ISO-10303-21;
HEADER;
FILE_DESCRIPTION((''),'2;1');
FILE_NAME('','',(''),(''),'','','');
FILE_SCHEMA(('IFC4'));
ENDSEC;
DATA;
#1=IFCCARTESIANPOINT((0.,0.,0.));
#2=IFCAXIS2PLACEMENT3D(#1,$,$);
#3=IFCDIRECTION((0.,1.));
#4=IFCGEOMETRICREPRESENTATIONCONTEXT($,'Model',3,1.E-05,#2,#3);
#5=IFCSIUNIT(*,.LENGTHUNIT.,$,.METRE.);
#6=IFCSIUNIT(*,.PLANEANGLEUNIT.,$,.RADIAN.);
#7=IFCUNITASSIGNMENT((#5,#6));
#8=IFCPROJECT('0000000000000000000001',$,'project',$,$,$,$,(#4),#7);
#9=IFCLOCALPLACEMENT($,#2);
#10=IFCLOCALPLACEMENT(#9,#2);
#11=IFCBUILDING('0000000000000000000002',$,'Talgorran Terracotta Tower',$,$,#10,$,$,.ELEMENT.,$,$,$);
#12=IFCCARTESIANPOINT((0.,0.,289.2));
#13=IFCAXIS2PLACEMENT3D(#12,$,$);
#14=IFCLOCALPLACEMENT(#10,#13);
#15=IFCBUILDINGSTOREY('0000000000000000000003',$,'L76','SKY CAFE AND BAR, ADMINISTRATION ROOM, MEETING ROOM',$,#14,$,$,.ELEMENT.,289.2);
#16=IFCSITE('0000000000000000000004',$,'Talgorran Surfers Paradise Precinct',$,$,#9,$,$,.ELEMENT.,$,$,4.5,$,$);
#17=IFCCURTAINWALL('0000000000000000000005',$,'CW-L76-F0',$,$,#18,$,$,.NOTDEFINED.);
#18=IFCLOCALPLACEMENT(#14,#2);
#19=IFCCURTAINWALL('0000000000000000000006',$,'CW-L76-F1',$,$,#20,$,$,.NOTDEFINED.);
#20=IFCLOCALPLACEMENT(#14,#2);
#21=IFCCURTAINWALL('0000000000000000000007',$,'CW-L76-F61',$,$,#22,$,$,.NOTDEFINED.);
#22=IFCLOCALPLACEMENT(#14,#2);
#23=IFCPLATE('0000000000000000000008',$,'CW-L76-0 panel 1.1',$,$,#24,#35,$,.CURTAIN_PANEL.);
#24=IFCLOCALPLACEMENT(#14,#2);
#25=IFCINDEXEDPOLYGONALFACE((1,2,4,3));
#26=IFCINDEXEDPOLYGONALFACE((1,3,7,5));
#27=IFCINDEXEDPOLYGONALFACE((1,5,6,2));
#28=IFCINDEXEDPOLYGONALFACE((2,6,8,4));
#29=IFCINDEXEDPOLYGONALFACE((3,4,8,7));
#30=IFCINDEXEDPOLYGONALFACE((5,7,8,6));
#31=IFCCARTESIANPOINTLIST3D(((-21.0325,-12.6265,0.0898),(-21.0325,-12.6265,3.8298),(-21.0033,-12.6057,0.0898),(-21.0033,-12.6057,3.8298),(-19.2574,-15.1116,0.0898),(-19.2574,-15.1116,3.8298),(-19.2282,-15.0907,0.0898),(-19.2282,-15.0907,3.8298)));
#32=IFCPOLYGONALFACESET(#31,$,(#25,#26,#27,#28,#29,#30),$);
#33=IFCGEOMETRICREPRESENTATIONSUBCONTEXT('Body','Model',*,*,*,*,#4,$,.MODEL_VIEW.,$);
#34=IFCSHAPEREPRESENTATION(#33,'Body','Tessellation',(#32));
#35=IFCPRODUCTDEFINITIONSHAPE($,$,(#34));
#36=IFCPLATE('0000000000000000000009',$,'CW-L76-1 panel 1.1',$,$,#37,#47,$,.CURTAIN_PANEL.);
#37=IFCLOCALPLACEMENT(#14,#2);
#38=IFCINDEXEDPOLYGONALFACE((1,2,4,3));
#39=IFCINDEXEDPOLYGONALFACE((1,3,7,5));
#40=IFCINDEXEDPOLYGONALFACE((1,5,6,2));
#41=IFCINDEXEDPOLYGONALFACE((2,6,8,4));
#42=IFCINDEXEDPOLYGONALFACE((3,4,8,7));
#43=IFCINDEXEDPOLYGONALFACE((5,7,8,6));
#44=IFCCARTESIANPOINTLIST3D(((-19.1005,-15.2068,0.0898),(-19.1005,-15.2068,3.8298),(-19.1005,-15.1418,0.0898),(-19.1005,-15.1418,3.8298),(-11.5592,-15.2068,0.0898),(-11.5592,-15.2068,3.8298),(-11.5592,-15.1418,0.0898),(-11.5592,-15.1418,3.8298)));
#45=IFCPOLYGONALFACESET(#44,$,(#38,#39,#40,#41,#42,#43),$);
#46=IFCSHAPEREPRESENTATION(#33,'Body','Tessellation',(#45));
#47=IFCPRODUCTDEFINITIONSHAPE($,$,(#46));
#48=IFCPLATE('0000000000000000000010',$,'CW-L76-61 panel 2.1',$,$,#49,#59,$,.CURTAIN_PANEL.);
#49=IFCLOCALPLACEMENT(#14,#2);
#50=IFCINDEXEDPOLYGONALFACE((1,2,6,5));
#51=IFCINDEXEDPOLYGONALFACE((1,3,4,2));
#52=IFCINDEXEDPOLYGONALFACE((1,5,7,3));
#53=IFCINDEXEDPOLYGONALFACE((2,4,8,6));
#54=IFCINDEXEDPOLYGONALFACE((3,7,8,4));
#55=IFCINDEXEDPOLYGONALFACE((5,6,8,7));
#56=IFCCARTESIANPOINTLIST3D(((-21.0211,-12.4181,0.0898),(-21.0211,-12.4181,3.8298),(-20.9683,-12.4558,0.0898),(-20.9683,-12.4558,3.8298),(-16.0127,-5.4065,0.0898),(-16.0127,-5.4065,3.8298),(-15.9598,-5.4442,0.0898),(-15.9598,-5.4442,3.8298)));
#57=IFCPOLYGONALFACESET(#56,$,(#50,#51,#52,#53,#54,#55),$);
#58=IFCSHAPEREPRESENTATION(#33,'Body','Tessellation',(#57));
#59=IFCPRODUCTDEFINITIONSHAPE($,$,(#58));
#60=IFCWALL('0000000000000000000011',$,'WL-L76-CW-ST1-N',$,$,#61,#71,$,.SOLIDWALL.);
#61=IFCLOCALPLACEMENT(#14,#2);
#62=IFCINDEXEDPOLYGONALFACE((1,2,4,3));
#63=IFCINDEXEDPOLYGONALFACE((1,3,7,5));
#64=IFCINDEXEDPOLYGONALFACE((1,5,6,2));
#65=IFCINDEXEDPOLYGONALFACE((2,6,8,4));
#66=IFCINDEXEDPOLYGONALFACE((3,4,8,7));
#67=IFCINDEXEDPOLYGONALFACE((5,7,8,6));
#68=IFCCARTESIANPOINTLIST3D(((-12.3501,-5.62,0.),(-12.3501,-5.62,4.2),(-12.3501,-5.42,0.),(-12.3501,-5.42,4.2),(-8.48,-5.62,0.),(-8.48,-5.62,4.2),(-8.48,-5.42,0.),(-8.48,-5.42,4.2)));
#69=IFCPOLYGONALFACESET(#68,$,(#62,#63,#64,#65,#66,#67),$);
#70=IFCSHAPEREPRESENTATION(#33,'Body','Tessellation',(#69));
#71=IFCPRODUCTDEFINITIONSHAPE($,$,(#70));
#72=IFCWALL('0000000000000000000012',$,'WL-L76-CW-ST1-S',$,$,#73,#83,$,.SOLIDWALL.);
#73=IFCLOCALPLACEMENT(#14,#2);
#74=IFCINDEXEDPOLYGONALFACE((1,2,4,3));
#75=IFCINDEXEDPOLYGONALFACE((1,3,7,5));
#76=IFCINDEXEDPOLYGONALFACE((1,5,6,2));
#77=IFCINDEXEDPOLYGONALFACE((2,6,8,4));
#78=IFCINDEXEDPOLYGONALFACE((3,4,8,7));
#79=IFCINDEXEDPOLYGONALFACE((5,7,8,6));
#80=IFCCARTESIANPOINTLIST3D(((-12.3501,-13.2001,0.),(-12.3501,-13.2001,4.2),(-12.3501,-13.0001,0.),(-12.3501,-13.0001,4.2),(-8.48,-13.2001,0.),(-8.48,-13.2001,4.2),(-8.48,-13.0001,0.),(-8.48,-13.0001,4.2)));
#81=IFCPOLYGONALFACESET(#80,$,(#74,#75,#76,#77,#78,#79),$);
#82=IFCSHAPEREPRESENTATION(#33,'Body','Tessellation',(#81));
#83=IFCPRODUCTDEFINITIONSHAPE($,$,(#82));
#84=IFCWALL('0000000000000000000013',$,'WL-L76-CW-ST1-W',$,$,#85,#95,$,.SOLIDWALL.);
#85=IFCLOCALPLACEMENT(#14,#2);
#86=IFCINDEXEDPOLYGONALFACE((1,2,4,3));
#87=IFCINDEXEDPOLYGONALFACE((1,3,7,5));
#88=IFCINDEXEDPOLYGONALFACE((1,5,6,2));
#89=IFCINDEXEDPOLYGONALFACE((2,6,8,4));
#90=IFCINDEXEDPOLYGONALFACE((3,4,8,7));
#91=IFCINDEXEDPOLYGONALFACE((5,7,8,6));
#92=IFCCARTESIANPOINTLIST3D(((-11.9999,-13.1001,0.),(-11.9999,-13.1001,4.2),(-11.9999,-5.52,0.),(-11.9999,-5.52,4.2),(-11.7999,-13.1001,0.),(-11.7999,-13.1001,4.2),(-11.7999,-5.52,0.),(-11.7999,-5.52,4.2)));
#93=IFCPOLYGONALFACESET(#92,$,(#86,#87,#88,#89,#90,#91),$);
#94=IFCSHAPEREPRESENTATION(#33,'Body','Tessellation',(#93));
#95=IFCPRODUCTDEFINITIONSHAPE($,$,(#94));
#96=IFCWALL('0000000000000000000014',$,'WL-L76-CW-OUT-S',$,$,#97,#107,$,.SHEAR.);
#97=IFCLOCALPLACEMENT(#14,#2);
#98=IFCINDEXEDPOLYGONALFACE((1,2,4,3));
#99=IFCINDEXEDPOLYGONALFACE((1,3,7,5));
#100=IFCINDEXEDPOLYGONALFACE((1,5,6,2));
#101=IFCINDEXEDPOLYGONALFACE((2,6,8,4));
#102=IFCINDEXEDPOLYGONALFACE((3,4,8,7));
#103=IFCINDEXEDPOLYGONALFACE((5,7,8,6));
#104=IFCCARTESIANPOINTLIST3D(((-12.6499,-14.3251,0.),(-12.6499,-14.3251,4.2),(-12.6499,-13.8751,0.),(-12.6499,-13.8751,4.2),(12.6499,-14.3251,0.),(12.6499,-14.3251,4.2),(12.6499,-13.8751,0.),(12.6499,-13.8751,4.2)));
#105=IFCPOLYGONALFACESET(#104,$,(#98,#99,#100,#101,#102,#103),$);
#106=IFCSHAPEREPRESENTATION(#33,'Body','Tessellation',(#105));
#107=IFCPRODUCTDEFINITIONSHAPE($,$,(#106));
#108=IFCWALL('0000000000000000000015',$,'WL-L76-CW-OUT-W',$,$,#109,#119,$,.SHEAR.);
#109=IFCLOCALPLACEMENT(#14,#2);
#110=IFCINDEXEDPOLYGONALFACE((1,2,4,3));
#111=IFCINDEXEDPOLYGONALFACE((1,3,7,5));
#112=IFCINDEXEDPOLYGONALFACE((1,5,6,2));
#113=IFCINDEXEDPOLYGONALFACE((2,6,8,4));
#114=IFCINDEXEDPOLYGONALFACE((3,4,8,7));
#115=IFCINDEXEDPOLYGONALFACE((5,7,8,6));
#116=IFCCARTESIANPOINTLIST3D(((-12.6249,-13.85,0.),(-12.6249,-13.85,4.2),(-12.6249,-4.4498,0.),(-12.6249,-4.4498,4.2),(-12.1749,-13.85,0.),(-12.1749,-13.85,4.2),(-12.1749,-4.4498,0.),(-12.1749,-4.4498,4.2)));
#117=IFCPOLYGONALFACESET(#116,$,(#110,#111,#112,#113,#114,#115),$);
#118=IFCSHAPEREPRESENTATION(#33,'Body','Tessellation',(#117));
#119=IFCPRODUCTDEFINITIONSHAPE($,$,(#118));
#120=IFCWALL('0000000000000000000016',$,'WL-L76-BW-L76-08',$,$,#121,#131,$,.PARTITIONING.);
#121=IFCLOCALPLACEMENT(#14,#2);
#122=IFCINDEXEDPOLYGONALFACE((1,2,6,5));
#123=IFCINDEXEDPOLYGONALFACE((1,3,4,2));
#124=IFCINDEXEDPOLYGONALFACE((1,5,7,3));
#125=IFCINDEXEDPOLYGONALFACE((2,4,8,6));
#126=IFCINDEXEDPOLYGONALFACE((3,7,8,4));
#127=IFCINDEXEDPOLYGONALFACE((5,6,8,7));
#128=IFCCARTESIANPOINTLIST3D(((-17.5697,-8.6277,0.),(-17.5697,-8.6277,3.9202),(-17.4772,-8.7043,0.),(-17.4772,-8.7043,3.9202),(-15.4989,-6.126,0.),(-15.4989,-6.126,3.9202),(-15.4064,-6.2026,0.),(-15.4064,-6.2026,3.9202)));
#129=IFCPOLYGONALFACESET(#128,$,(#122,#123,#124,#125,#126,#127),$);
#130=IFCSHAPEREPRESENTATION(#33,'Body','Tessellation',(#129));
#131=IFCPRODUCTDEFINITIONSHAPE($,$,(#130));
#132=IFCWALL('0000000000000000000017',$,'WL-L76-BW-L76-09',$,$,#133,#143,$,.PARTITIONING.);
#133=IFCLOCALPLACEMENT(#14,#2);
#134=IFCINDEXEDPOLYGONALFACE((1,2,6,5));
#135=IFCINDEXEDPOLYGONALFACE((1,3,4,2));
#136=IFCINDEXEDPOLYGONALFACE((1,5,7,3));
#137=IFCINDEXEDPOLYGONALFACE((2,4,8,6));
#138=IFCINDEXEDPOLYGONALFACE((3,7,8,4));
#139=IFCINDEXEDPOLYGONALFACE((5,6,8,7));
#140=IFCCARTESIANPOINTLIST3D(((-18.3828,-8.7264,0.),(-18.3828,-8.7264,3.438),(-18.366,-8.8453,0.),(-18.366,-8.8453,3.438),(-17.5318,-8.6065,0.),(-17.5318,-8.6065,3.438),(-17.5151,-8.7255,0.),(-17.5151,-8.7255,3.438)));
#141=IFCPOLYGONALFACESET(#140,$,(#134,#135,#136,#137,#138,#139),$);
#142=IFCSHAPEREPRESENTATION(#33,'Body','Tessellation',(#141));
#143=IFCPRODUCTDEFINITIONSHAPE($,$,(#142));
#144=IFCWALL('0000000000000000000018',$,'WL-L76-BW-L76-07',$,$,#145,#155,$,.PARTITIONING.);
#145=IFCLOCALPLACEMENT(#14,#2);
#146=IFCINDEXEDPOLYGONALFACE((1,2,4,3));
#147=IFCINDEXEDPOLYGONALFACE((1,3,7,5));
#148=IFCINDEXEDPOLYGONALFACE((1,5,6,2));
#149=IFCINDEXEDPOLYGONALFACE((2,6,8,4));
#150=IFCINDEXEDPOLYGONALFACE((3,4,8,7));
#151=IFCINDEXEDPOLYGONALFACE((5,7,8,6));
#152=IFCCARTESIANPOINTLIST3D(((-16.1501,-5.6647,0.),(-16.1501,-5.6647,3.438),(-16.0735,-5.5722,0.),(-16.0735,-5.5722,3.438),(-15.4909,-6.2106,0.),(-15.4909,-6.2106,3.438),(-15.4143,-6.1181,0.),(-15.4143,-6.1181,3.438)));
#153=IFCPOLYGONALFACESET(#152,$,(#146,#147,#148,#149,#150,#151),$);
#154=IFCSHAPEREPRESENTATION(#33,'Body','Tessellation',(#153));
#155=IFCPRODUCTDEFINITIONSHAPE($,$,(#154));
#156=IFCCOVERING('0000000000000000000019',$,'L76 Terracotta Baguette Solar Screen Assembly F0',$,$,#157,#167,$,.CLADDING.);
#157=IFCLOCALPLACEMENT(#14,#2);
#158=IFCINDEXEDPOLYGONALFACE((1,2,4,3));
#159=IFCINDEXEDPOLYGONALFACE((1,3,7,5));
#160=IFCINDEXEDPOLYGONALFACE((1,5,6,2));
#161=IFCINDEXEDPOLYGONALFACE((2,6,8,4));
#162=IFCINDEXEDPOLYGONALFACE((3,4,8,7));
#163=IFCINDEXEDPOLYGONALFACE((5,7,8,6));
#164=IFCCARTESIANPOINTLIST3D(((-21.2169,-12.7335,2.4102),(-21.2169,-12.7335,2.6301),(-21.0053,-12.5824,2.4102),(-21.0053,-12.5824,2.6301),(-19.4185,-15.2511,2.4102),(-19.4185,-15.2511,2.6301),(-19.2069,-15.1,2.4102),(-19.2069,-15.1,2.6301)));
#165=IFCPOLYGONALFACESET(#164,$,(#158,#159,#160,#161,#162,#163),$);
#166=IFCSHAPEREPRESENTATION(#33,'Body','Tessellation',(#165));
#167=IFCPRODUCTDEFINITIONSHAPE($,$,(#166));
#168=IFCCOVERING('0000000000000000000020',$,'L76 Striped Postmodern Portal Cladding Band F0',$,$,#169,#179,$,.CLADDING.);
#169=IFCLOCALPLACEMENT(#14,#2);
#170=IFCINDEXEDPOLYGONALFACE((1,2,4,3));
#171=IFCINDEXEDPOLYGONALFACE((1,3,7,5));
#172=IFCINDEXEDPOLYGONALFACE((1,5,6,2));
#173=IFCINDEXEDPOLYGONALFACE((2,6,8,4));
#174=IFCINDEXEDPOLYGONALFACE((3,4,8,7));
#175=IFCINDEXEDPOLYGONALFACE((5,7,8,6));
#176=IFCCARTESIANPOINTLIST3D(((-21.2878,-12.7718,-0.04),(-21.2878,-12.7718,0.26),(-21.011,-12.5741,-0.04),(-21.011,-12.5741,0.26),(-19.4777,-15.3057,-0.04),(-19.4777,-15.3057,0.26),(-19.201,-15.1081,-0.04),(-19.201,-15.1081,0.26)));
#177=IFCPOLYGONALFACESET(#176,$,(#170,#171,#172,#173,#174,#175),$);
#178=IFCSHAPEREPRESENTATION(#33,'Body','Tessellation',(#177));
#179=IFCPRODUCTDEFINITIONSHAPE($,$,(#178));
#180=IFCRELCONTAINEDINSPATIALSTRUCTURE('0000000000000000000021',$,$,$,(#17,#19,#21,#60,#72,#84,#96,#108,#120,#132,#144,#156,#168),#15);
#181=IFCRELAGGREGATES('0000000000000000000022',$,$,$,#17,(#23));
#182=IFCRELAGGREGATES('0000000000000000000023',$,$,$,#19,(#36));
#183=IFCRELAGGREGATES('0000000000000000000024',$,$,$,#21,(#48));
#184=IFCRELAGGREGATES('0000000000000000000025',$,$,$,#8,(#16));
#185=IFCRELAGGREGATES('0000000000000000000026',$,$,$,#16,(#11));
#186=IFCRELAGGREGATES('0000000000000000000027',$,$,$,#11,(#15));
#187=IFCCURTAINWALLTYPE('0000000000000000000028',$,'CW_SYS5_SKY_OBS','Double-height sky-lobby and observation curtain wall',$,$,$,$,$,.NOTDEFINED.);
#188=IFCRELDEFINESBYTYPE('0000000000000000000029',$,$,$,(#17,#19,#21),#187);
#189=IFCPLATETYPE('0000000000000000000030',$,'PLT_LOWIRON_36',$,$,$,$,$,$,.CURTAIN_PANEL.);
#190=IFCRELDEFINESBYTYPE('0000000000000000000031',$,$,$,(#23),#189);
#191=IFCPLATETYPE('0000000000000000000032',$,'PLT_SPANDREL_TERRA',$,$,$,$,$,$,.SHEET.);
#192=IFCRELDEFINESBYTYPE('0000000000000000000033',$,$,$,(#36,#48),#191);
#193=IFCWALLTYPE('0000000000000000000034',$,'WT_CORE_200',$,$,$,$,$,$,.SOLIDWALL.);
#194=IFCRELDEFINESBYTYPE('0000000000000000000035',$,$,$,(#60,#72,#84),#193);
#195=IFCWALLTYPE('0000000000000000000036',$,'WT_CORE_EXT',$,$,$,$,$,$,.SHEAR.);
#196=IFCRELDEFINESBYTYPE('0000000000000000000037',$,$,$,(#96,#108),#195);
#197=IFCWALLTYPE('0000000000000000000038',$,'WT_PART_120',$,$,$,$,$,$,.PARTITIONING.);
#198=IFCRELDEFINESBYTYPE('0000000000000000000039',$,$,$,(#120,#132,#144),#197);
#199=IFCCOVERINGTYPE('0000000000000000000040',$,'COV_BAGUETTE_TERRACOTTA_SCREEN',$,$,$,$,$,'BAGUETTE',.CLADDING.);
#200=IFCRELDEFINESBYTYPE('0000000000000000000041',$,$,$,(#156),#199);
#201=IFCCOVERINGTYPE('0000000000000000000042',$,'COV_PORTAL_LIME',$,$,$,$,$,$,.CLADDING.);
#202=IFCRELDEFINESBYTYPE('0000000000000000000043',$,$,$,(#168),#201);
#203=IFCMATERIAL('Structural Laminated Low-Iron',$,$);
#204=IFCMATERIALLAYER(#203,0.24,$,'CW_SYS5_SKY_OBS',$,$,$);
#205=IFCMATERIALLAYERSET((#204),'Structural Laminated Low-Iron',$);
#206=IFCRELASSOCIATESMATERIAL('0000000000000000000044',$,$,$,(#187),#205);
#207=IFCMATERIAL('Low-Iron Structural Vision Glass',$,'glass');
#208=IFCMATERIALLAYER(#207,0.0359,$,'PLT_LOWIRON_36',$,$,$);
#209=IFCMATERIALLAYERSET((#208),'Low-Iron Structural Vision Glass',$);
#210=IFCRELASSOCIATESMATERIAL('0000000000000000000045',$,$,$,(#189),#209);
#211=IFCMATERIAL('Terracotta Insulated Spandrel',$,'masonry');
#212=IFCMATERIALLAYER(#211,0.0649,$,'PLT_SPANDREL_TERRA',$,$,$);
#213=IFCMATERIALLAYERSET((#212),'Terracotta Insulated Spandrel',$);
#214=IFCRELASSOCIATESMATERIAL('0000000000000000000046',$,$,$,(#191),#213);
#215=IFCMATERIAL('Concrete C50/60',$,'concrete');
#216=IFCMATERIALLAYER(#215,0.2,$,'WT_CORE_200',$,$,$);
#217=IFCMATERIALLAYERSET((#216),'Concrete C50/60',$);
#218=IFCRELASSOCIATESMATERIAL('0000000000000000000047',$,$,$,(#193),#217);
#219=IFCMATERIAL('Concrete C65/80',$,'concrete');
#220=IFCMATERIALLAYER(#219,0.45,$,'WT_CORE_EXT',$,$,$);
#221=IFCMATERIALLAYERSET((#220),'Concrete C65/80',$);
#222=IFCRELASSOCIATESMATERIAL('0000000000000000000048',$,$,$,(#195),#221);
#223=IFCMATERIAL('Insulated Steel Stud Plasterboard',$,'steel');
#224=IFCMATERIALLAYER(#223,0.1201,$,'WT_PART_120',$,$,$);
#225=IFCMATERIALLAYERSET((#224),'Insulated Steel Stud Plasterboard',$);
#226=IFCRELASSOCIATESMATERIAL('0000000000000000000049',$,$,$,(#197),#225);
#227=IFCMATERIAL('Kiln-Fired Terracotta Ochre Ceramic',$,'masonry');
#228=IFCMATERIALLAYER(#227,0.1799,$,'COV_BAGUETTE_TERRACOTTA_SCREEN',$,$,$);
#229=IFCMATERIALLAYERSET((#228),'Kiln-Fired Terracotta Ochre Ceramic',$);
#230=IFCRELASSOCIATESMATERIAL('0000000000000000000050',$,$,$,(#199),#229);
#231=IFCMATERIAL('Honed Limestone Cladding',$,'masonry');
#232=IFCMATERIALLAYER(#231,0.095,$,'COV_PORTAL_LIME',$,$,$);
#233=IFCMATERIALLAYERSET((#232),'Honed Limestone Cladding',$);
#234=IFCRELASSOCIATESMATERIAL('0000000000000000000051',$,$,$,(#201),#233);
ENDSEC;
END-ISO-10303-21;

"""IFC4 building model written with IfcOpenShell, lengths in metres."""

from ifc_helpers import new_model, si_unit, direction, frame, frame_2d, origin, origin_2d, place, context, subcontext, project, spatial, rectangle, extrude, source, transform, mapped, material, layer, layer_set, type_object, type_shapes, element, aggregate, save


model = new_model("IFC4")

# Units and contexts
model_context = context("Model", 3, precision=1e-05, world=origin(), true_north=direction((0.0, 1.0)))
body_context = subcontext(model_context, "Body", "Model", "MODEL_VIEW")
ifc_project = project(units=[si_unit("LENGTHUNIT", "METRE"), si_unit("PLANEANGLEUNIT", "RADIAN")], contexts=[model_context])

# Site, building, storey
site_placement = place(None, origin())
site = spatial("IfcSite", under=ifc_project, at=site_placement, Name="Talgorran Surfers Paradise Precinct", CompositionType="ELEMENT", RefElevation=4.5)
building_placement = place(site_placement, origin())
building = spatial("IfcBuilding", under=site, at=building_placement, Name="Talgorran Terracotta Tower", CompositionType="ELEMENT")
storey_placement = place(building_placement, frame((0.0, 0.0, 289.2)))
storey = spatial("IfcBuildingStorey", under=building, at=storey_placement, Name="L76", Description="SKY CAFE AND BAR, ADMINISTRATION ROOM, MEETING ROOM", CompositionType="ELEMENT", Elevation=289.2)

# Curtain walls
ifc_material_1 = material(Name="Structural Laminated Low-Iron")
ifc_layer_1 = layer(ifc_material_1, 0.24, Name="CW_SYS5_SKY_OBS")
ifc_layer_set_1 = layer_set([ifc_layer_1], Name="Structural Laminated Low-Iron")
curtain_wall_type = type_object("IfcCurtainWallType", Name="CW_SYS5_SKY_OBS", Description="Double-height sky-lobby and observation curtain wall", PredefinedType="NOTDEFINED", material=ifc_layer_set_1)
curtain_wall_1_placement = place(storey_placement, origin())
curtain_wall_1 = element("IfcCurtainWall", 1, at=curtain_wall_1_placement, inside=storey, type_object=curtain_wall_type, Name="CW-L76-F0", PredefinedType="NOTDEFINED")
curtain_wall_2_placement = place(storey_placement, origin())
curtain_wall_2 = element("IfcCurtainWall", 2, at=curtain_wall_2_placement, inside=storey, type_object=curtain_wall_type, Name="CW-L76-F1", PredefinedType="NOTDEFINED")

# Curtain wall
curtain_wall_3_placement = place(storey_placement, origin())
curtain_wall_3 = element("IfcCurtainWall", 3, at=curtain_wall_3_placement, inside=storey, type_object=curtain_wall_type, Name="CW-L76-F61", PredefinedType="NOTDEFINED")

# Plates
ifc_material_2 = material(Name="Low-Iron Structural Vision Glass", Category="glass")
ifc_layer_2 = layer(ifc_material_2, 0.0359, Name="PLT_LOWIRON_36")
ifc_layer_set_2 = layer_set([ifc_layer_2], Name="Low-Iron Structural Vision Glass")
plate_type_1 = type_object("IfcPlateType", Name="PLT_LOWIRON_36", PredefinedType="CURTAIN_PANEL", material=ifc_layer_set_2)
shared_shape_1 = source(origin(), body_context, "Body", "SweptSolid", [
    extrude(rectangle(XDim=3.054, YDim=0.0359, at=origin_2d()), origin(), (0.0, 0.0, 1.0), 3.74),
])
type_shapes(plate_type_1, [shared_shape_1])
plate_1_placement = place(storey_placement, frame((-20.1304, -13.8586, 0.0898), z_axis=(0.0, 0.0, 1.0), x_axis=(0.581256, -0.813721, 0.0)))
plate_1 = element("IfcPlate", 4, at=plate_1_placement, type_object=plate_type_1, Name="CW-L76-0 panel 1.1", PredefinedType="CURTAIN_PANEL", context=body_context, shape_type="MappedRepresentation", body=[
    mapped(shared_shape_1, transform((0.0, 0.0, 0.0), scale=1.0)),
])
aggregate(curtain_wall_1, [plate_1])
ifc_material_3 = material(Name="Terracotta Insulated Spandrel", Category="masonry")
ifc_layer_3 = layer(ifc_material_3, 0.0649, Name="PLT_SPANDREL_TERRA")
ifc_layer_set_3 = layer_set([ifc_layer_3], Name="Terracotta Insulated Spandrel")
plate_type_2 = type_object("IfcPlateType", Name="PLT_SPANDREL_TERRA", PredefinedType="SHEET", material=ifc_layer_set_3)
shared_shape_2 = source(origin(), body_context, "Body", "SweptSolid", [
    extrude(rectangle(XDim=7.5413, YDim=0.0649, at=origin_2d()), origin(), (0.0, 0.0, 1.0), 3.74),
])
plate_2_placement = place(storey_placement, frame((-15.3298, -15.1743, 0.0898), z_axis=(0.0, 0.0, 1.0), x_axis=(1.0, 0.0, 0.0)))
plate_2 = element("IfcPlate", 5, at=plate_2_placement, type_object=plate_type_2, Name="CW-L76-1 panel 1.1", PredefinedType="CURTAIN_PANEL", context=body_context, shape_type="MappedRepresentation", body=[
    mapped(shared_shape_2, transform((0.0, 0.0, 0.0), scale=1.0)),
])
aggregate(curtain_wall_2, [plate_2])
shared_shape_3 = source(origin(), body_context, "Body", "SweptSolid", [
    extrude(rectangle(XDim=8.6167, YDim=0.0649, at=origin_2d()), origin(), (0.0, 0.0, 1.0), 3.74),
])
type_shapes(plate_type_2, [shared_shape_2, shared_shape_3])
plate_3_placement = place(storey_placement, frame((-18.4905, -8.9312, 0.0898), z_axis=(0.0, 0.0, 1.0), x_axis=(-0.581248, -0.813727, 0.0)))
plate_3 = element("IfcPlate", 6, at=plate_3_placement, type_object=plate_type_2, Name="CW-L76-61 panel 2.1", PredefinedType="CURTAIN_PANEL", context=body_context, shape_type="MappedRepresentation", body=[
    mapped(shared_shape_3, transform((0.0, 0.0, 0.0), scale=1.0)),
])
aggregate(curtain_wall_3, [plate_3])

# Walls
ifc_material_4 = material(Name="Concrete C50/60", Category="concrete")
ifc_layer_4 = layer(ifc_material_4, 0.2, Name="WT_CORE_200")
ifc_layer_set_4 = layer_set([ifc_layer_4], Name="Concrete C50/60")
wall_type_1 = type_object("IfcWallType", Name="WT_CORE_200", PredefinedType="SOLIDWALL", material=ifc_layer_set_4)
for number, where, z_axis, x_axis, name in (
    (7, (-12.3501, -5.52, 0.0), (0.0, 0.0, 1.0), (1.0, 0.0, 0.0), "WL-L76-CW-ST1-N"),
    (8, (-12.3501, -13.1001, 0.0), (0.0, 0.0, 1.0), (1.0, 0.0, 0.0), "WL-L76-CW-ST1-S"),
):
    element("IfcWall", number, at=place(storey_placement, frame(where, z_axis=z_axis, x_axis=x_axis)), inside=storey, type_object=wall_type_1, Name=name, PredefinedType="SOLIDWALL", context=body_context, shape_type="SweptSolid", body=[
        extrude(rectangle(XDim=3.8701, YDim=0.2, at=frame_2d((1.9351, 0.0))), origin(), (0.0, 0.0, 1.0), 4.2),
    ])
wall_1_placement = place(storey_placement, frame((-11.8999, -13.1001, 0.0), z_axis=(0.0, 0.0, 1.0), x_axis=(0.0, 1.0, 0.0)))
element("IfcWall", 9, at=wall_1_placement, inside=storey, type_object=wall_type_1, Name="WL-L76-CW-ST1-W", PredefinedType="SOLIDWALL", context=body_context, shape_type="SweptSolid", body=[
    extrude(rectangle(XDim=7.5801, YDim=0.2, at=frame_2d((3.79, 0.0))), origin(), (0.0, 0.0, 1.0), 4.2),
])
ifc_material_5 = material(Name="Concrete C65/80", Category="concrete")
ifc_layer_5 = layer(ifc_material_5, 0.45, Name="WT_CORE_EXT")
ifc_layer_set_5 = layer_set([ifc_layer_5], Name="Concrete C65/80")
wall_type_2 = type_object("IfcWallType", Name="WT_CORE_EXT", PredefinedType="SHEAR", material=ifc_layer_set_5)
wall_2_placement = place(storey_placement, frame((-12.6499, -14.1001, 0.0), z_axis=(0.0, 0.0, 1.0), x_axis=(1.0, 0.0, 0.0)))
element("IfcWall", 10, at=wall_2_placement, inside=storey, type_object=wall_type_2, Name="WL-L76-CW-OUT-S", PredefinedType="SHEAR", context=body_context, shape_type="SweptSolid", body=[
    extrude(rectangle(XDim=25.2998, YDim=0.45, at=frame_2d((12.6499, 0.0))), origin(), (0.0, 0.0, 1.0), 4.2),
])
wall_3_placement = place(storey_placement, frame((-12.3999, -13.8501, 0.0), z_axis=(0.0, 0.0, 1.0), x_axis=(0.0, 1.0, 0.0)))
element("IfcWall", 11, at=wall_3_placement, inside=storey, type_object=wall_type_2, Name="WL-L76-CW-OUT-W", PredefinedType="SHEAR", context=body_context, shape_type="SweptSolid", body=[
    extrude(rectangle(XDim=9.4001, YDim=0.45, at=frame_2d((4.7002, 0.0))), origin(), (0.0, 0.0, 1.0), 4.2),
])
ifc_material_6 = material(Name="Insulated Steel Stud Plasterboard", Category="steel")
ifc_layer_6 = layer(ifc_material_6, 0.1201, Name="WT_PART_120")
ifc_layer_set_6 = layer_set([ifc_layer_6], Name="Insulated Steel Stud Plasterboard")
wall_type_3 = type_object("IfcWallType", Name="WT_PART_120", PredefinedType="PARTITIONING", material=ifc_layer_set_6)
wall_4_placement = place(storey_placement, frame((-15.4526, -6.1643, 0.0), z_axis=(0.0, 0.0, 1.0), x_axis=(-0.637645, -0.770331, 0.0)))
element("IfcWall", 12, at=wall_4_placement, inside=storey, type_object=wall_type_3, Name="WL-L76-BW-L76-08", PredefinedType="PARTITIONING", context=body_context, shape_type="SweptSolid", body=[
    extrude(rectangle(XDim=3.2476, YDim=0.1201, at=frame_2d((1.6238, 0.0))), origin(), (0.0, 0.0, 1.0), 3.9202),
])
wall_5_placement = place(storey_placement, frame((-17.5234, -8.666, 0.0), z_axis=(0.0, 0.0, 1.0), x_axis=(-0.990226, -0.139472, 0.0)))
element("IfcWall", 13, at=wall_5_placement, inside=storey, type_object=wall_type_3, Name="WL-L76-BW-L76-09", PredefinedType="PARTITIONING", context=body_context, shape_type="SweptSolid", body=[
    extrude(rectangle(XDim=0.8594, YDim=0.1201, at=frame_2d((0.4297, 0.0))), origin(), (0.0, 0.0, 1.0), 3.438),
])
wall_6_placement = place(storey_placement, frame((-16.1118, -5.6184, 0.0), z_axis=(0.0, 0.0, 1.0), x_axis=(0.770182, -0.637825, 0.0)))
element("IfcWall", 14, at=wall_6_placement, inside=storey, type_object=wall_type_3, Name="WL-L76-BW-L76-07", PredefinedType="PARTITIONING", context=body_context, shape_type="SweptSolid", body=[
    extrude(rectangle(XDim=0.856, YDim=0.1201, at=frame_2d((0.428, 0.0))), origin(), (0.0, 0.0, 1.0), 3.438),
])

# Coverings
ifc_material_7 = material(Name="Kiln-Fired Terracotta Ochre Ceramic", Category="masonry")
ifc_layer_7 = layer(ifc_material_7, 0.1799, Name="COV_BAGUETTE_TERRACOTTA_SCREEN")
ifc_layer_set_7 = layer_set([ifc_layer_7], Name="Kiln-Fired Terracotta Ochre Ceramic")
covering_type_1 = type_object("IfcCoveringType", Name="COV_BAGUETTE_TERRACOTTA_SCREEN", ElementType="BAGUETTE", PredefinedType="CLADDING", material=ifc_layer_set_7)
covering_1_placement = place(storey_placement, frame((-20.2119, -13.9167, 2.4102), z_axis=(0.0, 0.0, 1.0), x_axis=(0.581257, -0.81372, 0.0)))
element("IfcCovering", 15, at=covering_1_placement, inside=storey, type_object=covering_type_1, Name="L76 Terracotta Baguette Solar Screen Assembly F0", PredefinedType="CLADDING", context=body_context, shape_type="SweptSolid", body=[
    extrude(rectangle(XDim=3.094, YDim=0.26, at=origin_2d()), origin(), (0.0, 0.0, 1.0), 0.22),
])
ifc_material_8 = material(Name="Honed Limestone Cladding", Category="masonry")
ifc_layer_8 = layer(ifc_material_8, 0.095, Name="COV_PORTAL_LIME")
ifc_layer_set_8 = layer_set([ifc_layer_8], Name="Honed Limestone Cladding")
covering_type_2 = type_object("IfcCoveringType", Name="COV_PORTAL_LIME", PredefinedType="CLADDING", material=ifc_layer_set_8)
covering_2_placement = place(storey_placement, frame((-20.2444, -13.9399, -0.04), z_axis=(0.0, 0.0, 1.0), x_axis=(0.581257, -0.81372, 0.0)))
element("IfcCovering", 16, at=covering_2_placement, inside=storey, type_object=covering_type_2, Name="L76 Striped Postmodern Portal Cladding Band F0", PredefinedType="CLADDING", context=body_context, shape_type="SweptSolid", body=[
    extrude(rectangle(XDim=3.114, YDim=0.3401, at=origin_2d()), origin(), (0.0, 0.0, 1.0), 0.3),
])

save(model, "model.ifc")
